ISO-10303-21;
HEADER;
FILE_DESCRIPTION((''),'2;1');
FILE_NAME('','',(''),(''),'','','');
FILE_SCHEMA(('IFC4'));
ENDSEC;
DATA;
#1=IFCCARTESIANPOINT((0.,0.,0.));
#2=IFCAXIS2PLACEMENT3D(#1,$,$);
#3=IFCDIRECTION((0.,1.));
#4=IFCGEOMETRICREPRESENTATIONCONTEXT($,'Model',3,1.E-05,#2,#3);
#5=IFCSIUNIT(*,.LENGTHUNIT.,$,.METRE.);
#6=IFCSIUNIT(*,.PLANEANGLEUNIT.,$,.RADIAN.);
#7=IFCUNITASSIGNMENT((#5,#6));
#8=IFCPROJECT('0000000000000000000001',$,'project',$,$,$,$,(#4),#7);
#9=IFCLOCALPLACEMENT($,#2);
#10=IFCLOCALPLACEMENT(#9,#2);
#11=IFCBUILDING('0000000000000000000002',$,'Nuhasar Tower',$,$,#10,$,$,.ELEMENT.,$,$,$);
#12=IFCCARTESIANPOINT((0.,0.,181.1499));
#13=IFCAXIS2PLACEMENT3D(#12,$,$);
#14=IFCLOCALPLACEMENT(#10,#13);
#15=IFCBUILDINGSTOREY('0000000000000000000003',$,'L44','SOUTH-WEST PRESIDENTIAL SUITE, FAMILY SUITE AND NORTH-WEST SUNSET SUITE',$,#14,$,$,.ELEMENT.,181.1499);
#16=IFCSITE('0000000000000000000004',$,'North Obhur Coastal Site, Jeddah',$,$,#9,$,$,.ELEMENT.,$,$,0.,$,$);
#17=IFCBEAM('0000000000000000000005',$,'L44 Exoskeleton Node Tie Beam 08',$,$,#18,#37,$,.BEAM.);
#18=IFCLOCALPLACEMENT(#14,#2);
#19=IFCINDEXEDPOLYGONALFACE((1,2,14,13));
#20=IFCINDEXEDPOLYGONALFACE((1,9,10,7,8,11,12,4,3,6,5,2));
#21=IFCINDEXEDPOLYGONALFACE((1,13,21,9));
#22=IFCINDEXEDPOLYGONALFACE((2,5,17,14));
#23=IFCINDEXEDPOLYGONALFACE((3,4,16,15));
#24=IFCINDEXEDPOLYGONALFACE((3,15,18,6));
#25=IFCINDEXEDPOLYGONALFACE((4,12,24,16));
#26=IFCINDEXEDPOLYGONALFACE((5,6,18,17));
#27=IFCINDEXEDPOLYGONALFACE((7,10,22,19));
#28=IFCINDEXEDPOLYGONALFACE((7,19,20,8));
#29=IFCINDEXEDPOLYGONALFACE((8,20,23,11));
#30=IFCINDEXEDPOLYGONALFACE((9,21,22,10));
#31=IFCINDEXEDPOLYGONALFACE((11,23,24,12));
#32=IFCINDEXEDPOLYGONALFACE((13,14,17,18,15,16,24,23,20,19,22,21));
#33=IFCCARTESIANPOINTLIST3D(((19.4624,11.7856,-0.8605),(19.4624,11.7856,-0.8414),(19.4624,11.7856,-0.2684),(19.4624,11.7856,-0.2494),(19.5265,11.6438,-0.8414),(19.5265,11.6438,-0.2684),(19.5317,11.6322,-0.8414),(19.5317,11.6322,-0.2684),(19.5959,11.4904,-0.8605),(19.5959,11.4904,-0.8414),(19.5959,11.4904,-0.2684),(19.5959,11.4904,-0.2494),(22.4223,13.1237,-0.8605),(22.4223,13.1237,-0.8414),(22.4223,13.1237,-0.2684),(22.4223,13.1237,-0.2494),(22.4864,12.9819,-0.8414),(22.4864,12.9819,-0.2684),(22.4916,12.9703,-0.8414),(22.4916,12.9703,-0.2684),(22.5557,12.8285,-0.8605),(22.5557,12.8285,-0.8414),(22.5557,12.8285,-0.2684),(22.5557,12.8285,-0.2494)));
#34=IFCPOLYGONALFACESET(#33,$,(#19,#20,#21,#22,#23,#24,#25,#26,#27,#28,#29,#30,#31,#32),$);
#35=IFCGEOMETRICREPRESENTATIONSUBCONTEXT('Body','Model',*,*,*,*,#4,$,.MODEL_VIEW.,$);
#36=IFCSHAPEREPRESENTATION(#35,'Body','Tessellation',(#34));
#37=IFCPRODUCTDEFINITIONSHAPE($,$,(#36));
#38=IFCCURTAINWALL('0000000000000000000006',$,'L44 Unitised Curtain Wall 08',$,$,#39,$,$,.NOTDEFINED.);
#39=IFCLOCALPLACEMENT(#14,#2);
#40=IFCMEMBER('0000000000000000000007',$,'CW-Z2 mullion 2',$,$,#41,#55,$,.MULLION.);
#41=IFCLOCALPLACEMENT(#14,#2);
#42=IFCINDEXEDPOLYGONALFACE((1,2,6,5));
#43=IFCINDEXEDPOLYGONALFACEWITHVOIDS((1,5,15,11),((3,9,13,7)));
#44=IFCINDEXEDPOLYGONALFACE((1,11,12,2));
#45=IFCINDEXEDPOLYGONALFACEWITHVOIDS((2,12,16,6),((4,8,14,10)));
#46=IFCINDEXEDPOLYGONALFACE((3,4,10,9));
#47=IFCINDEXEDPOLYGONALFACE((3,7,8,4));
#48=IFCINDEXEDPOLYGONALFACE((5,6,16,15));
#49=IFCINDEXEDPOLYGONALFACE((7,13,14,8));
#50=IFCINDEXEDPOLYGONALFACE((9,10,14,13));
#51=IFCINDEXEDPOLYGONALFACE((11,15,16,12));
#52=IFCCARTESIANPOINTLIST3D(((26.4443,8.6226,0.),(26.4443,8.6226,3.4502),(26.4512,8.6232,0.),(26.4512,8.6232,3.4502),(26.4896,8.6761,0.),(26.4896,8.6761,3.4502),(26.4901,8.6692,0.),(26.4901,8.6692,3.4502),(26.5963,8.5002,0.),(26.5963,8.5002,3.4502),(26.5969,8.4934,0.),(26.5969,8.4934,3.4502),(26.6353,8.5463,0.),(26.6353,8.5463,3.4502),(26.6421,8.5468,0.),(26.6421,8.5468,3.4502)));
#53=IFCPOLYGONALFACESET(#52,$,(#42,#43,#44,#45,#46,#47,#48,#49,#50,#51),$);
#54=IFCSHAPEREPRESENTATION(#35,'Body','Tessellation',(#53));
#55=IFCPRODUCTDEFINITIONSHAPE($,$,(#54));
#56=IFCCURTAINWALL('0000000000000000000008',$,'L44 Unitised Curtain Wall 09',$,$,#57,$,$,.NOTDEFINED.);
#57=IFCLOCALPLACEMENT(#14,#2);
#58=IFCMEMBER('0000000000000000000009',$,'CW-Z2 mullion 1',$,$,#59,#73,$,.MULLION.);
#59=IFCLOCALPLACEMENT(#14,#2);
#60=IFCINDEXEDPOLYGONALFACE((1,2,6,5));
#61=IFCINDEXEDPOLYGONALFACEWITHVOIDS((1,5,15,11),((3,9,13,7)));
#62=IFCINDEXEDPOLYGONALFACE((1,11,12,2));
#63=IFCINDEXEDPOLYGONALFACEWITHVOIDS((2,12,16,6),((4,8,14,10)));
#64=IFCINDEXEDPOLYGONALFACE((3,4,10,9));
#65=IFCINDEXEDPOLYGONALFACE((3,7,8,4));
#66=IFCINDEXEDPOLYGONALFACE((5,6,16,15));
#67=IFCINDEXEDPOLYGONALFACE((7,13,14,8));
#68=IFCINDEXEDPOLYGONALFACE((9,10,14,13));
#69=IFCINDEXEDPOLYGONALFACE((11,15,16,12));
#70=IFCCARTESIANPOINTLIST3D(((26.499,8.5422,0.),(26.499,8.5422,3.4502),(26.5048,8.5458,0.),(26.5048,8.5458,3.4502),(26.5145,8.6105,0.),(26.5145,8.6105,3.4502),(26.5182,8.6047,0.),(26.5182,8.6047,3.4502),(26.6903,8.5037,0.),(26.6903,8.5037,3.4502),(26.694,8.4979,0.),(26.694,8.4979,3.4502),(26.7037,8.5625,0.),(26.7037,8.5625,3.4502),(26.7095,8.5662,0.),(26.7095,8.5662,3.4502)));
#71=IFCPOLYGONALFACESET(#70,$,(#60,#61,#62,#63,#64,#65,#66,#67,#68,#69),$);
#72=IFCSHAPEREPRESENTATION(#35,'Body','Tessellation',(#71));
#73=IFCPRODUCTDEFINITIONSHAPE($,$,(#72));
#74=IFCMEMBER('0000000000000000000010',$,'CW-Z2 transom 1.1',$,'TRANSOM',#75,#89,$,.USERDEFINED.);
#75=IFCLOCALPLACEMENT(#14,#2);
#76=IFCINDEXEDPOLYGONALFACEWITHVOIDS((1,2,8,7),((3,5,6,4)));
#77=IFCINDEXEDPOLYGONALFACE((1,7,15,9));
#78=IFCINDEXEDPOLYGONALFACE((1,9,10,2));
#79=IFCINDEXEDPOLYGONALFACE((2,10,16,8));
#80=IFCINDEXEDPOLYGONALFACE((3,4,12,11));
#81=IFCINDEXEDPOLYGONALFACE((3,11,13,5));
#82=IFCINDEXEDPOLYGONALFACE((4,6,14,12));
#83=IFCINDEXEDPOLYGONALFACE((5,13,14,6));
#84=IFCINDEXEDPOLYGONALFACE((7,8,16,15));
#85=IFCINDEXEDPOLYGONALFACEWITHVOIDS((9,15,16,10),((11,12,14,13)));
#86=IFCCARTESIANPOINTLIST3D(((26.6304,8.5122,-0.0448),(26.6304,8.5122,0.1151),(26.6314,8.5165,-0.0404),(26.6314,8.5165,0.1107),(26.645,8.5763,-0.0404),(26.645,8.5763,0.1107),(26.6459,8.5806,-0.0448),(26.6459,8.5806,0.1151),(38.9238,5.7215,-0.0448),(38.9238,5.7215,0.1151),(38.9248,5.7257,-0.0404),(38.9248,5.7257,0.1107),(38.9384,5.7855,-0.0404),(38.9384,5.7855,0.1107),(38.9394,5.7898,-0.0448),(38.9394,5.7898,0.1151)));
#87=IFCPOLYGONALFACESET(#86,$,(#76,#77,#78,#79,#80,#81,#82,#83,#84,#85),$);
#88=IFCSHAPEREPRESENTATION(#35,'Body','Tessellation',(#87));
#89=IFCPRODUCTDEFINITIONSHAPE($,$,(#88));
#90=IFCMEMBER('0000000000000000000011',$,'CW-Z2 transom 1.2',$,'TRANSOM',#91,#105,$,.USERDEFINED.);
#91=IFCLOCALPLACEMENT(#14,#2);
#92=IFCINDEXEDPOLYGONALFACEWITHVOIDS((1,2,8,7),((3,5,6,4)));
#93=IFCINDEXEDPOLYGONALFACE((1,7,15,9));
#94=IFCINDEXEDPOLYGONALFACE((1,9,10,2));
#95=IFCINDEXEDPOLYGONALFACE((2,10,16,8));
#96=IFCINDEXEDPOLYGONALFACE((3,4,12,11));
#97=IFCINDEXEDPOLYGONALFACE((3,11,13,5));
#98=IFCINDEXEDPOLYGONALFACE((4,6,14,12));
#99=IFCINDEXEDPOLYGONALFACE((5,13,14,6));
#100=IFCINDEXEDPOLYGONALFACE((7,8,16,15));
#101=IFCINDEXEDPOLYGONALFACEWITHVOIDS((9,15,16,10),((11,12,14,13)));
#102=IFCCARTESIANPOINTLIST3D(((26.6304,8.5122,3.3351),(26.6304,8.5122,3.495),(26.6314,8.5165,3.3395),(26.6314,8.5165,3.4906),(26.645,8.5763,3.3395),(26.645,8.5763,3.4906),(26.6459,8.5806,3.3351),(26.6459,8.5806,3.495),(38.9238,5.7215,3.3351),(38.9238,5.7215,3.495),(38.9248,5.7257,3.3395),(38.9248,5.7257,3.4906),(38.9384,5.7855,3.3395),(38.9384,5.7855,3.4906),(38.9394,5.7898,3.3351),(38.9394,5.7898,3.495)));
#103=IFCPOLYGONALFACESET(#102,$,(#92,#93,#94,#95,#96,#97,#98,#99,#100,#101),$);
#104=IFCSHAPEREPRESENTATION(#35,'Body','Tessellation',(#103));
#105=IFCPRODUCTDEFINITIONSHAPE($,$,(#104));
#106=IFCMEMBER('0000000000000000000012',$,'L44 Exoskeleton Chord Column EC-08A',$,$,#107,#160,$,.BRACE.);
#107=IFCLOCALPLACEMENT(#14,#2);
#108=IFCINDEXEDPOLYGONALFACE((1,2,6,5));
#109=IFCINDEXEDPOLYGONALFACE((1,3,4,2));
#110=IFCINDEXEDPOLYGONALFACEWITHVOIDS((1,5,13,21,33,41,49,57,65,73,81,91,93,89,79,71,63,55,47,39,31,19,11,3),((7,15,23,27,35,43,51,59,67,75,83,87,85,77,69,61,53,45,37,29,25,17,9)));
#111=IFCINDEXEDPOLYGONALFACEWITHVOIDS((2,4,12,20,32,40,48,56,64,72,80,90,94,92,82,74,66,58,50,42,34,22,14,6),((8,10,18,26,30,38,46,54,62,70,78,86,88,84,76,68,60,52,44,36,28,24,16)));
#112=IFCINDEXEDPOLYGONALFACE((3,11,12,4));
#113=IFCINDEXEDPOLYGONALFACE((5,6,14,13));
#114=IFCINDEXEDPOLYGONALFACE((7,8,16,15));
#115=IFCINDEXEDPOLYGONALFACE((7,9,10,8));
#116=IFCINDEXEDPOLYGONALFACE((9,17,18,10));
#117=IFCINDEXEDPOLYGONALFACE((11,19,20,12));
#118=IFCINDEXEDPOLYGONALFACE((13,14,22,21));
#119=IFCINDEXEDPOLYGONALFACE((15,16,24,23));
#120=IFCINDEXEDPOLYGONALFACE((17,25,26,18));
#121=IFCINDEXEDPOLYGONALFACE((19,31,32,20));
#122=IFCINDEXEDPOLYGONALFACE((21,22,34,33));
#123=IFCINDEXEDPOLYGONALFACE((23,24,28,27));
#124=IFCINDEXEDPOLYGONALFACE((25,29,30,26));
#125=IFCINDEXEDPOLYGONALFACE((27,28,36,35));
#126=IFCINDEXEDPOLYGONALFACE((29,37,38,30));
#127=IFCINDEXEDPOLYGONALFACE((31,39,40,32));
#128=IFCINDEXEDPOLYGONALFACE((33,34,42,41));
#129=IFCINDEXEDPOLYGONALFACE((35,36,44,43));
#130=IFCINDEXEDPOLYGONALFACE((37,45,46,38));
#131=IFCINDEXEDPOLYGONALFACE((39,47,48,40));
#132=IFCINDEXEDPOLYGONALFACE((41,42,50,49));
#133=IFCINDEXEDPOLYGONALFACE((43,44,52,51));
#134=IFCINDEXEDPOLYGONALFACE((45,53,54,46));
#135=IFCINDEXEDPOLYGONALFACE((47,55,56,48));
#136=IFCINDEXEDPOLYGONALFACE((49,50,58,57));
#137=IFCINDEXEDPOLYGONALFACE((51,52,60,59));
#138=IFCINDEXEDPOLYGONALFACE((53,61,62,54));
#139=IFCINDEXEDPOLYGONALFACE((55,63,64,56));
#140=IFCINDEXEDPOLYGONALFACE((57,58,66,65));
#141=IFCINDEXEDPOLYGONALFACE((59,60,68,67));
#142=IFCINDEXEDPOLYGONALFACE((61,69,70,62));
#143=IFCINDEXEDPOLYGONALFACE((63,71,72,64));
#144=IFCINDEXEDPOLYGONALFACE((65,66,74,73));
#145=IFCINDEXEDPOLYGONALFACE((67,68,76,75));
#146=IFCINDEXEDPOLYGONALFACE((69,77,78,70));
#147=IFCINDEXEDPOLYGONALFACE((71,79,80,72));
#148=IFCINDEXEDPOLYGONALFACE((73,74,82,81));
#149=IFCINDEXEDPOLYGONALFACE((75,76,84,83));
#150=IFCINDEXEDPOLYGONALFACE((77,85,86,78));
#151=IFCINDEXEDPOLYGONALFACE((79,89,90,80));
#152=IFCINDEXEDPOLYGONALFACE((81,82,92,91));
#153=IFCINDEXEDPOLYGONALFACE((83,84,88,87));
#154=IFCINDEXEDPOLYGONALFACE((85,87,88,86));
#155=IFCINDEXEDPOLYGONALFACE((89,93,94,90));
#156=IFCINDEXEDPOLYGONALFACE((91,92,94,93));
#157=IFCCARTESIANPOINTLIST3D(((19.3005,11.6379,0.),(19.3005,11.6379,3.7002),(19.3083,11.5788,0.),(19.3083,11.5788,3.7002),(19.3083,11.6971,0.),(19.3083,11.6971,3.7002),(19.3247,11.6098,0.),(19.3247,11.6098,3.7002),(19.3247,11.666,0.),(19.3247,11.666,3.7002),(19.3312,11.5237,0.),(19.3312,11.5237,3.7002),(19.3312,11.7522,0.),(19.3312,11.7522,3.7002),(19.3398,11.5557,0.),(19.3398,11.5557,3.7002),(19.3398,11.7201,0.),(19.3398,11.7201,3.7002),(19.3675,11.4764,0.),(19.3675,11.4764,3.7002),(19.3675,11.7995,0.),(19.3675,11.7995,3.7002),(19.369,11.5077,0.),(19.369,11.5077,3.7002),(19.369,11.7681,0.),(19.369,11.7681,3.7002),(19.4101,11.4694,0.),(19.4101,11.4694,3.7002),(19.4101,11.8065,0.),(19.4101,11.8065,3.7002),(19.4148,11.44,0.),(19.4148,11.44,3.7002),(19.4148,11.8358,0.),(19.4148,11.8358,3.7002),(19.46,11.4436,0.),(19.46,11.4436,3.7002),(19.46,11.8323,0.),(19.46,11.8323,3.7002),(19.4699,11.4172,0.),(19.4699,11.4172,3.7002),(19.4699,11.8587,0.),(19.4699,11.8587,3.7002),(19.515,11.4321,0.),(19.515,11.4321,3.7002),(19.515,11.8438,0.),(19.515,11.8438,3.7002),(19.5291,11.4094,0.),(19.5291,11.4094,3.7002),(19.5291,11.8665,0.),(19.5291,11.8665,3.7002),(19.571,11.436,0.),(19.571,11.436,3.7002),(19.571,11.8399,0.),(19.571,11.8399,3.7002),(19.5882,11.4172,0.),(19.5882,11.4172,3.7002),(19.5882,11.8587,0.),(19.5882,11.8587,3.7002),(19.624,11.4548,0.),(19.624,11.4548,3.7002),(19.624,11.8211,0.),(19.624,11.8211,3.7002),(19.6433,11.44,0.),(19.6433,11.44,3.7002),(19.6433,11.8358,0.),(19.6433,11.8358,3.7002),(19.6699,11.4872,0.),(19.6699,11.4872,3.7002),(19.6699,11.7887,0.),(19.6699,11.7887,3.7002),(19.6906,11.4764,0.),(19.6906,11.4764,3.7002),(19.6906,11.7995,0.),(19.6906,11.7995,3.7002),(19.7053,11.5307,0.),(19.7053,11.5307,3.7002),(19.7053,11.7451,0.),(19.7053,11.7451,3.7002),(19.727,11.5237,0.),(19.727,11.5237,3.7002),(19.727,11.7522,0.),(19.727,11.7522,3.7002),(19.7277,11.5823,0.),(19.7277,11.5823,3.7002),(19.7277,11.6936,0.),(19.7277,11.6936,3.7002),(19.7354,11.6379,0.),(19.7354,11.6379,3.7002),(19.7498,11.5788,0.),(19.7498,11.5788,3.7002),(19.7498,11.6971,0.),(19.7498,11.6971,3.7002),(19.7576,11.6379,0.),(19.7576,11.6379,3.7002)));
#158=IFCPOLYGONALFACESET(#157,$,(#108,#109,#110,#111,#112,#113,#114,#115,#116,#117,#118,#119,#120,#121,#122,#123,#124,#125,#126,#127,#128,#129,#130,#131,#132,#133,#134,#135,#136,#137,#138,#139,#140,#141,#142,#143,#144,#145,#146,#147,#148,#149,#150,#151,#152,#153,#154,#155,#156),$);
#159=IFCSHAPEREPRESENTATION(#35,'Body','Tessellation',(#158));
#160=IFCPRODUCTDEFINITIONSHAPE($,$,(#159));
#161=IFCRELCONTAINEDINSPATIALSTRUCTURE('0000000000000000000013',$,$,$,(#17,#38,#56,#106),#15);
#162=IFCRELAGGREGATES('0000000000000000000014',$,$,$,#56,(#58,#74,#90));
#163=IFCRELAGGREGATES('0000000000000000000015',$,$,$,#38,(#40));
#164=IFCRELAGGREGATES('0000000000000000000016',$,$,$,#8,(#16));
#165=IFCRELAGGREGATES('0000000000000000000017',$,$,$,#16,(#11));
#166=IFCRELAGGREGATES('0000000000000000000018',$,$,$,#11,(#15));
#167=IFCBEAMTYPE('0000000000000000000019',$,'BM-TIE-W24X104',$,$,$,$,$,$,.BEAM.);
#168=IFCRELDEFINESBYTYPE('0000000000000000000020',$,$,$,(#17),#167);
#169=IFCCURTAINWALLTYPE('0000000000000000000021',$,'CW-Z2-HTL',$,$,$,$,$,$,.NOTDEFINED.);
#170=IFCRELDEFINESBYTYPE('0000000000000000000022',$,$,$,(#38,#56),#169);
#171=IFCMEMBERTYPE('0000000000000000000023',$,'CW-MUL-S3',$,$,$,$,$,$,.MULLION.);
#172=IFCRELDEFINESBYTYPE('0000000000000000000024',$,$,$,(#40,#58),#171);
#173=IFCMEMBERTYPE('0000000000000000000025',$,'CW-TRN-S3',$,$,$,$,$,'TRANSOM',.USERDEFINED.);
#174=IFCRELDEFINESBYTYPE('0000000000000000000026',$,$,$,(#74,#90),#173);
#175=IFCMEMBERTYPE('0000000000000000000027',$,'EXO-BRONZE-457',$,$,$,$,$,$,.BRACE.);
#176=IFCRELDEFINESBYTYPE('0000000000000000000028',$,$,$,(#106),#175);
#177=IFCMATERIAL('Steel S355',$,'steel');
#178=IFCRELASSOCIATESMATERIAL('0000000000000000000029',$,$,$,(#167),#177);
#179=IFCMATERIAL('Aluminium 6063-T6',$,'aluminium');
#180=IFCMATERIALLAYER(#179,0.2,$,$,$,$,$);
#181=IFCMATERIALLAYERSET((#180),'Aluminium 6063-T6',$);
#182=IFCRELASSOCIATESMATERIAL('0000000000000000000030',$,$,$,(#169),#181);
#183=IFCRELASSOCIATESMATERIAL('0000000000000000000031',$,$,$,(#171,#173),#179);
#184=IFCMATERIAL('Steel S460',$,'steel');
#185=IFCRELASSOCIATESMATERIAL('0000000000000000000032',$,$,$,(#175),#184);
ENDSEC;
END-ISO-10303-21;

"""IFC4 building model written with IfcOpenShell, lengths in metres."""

from ifc_helpers import new_model, si_unit, direction, frame, origin, origin_2d, place, context, subcontext, project, spatial, hollow_rectangle, hollow_circle, i_section, extrude, material, layer, layer_set, material_profile, profile_set, type_object, element, aggregate, save


model = new_model("IFC4")

# Units and contexts
model_context = context("Model", 3, precision=1e-05, world=origin(), true_north=direction((0.0, 1.0)))
body_context = subcontext(model_context, "Body", "Model", "MODEL_VIEW")
ifc_project = project(units=[si_unit("LENGTHUNIT", "METRE"), si_unit("PLANEANGLEUNIT", "RADIAN")], contexts=[model_context])

# Site, building, storey
site_placement = place(None, origin())
site = spatial("IfcSite", under=ifc_project, at=site_placement, Name="North Obhur Coastal Site, Jeddah", CompositionType="ELEMENT", RefElevation=0.0)
building_placement = place(site_placement, origin())
building = spatial("IfcBuilding", under=site, at=building_placement, Name="Nuhasar Tower", CompositionType="ELEMENT")
storey_placement = place(building_placement, frame((0.0, 0.0, 181.1499)))
storey = spatial("IfcBuildingStorey", under=building, at=storey_placement, Name="L44", Description="SOUTH-WEST PRESIDENTIAL SUITE, FAMILY SUITE AND NORTH-WEST SUNSET SUITE", CompositionType="ELEMENT", Elevation=181.1499)

# Beam
ifc_material_1 = material(Name="Steel S355", Category="steel")
ifc_material_profile_1 = material_profile(ifc_material_1, i_section(OverallWidth=0.324, OverallDepth=0.6111, WebThickness=0.0127, FlangeThickness=0.019, at=origin_2d()), Name="W24X104")
ifc_profile_set_1 = profile_set([ifc_material_profile_1], Name="Steel S355")
beam_type_1 = type_object("IfcBeamType", Name="BM-TIE-W24X104", PredefinedType="BEAM", material=ifc_profile_set_1)
beam_1_placement = place(storey_placement, frame((22.489, 12.9761, -0.5549), z_axis=(-0.911211, -0.411939, 0.0), x_axis=(0.411939, -0.911211, 0.0)))
element("IfcBeam", 1, at=beam_1_placement, inside=storey, type_object=beam_type_1, Name="L44 Exoskeleton Node Tie Beam 08", PredefinedType="BEAM", context=body_context, shape_type="SweptSolid", body=[
    extrude(i_section(OverallWidth=0.324, OverallDepth=0.6111, WebThickness=0.0127, FlangeThickness=0.019, at=origin_2d()), origin(), (0.0, 0.0, 1.0), 3.2483),
])

# Curtain wall, member
ifc_material_2 = material(Name="Aluminium 6063-T6", Category="aluminium")
ifc_layer_1 = layer(ifc_material_2, 0.2)
ifc_layer_set_1 = layer_set([ifc_layer_1], Name="Aluminium 6063-T6")
curtain_wall_type = type_object("IfcCurtainWallType", Name="CW-Z2-HTL", PredefinedType="NOTDEFINED", material=ifc_layer_set_1)
curtain_wall_1_placement = place(storey_placement, origin())
curtain_wall_1 = element("IfcCurtainWall", 2, at=curtain_wall_1_placement, inside=storey, type_object=curtain_wall_type, Name="L44 Unitised Curtain Wall 08", PredefinedType="NOTDEFINED")
ifc_material_profile_2 = material_profile(ifc_material_2, hollow_rectangle(XDim=0.0701, YDim=0.2, WallThickness=0.0049, at=origin_2d()), Name="CWM-3")
ifc_profile_set_2 = profile_set([ifc_material_profile_2], Name="Aluminium 6063-T6")
member_type_1 = type_object("IfcMemberType", Name="CW-MUL-S3", PredefinedType="MULLION", material=ifc_profile_set_2)
member_1_placement = place(storey_placement, frame((26.5432, 8.5847, 0.0), z_axis=(0.0, 0.0, 1.0), x_axis=(0.646374, 0.76302, 0.0)))
member_1 = element("IfcMember", 3, at=member_1_placement, type_object=member_type_1, Name="CW-Z2 mullion 2", PredefinedType="MULLION", context=body_context, shape_type="SweptSolid", body=[
    extrude(hollow_rectangle(XDim=0.0701, YDim=0.2, WallThickness=0.0049, at=origin_2d()), origin(), (0.0, 0.0, 1.0), 3.4502),
])

# Curtain wall, members
curtain_wall_2_placement = place(storey_placement, origin())
curtain_wall_2 = element("IfcCurtainWall", 4, at=curtain_wall_2_placement, inside=storey, type_object=curtain_wall_type, Name="L44 Unitised Curtain Wall 09", PredefinedType="NOTDEFINED")
member_2_placement = place(storey_placement, frame((26.6042, 8.5542, 0.0), z_axis=(0.0, 0.0, 1.0), x_axis=(0.221397, 0.975184, 0.0)))
member_2 = element("IfcMember", 5, at=member_2_placement, type_object=member_type_1, Name="CW-Z2 mullion 1", PredefinedType="MULLION", context=body_context, shape_type="SweptSolid", body=[
    extrude(hollow_rectangle(XDim=0.0701, YDim=0.2, WallThickness=0.0049, at=origin_2d()), origin(), (0.0, 0.0, 1.0), 3.4502),
])
ifc_material_profile_3 = material_profile(ifc_material_2, hollow_rectangle(XDim=0.0701, YDim=0.1599, WallThickness=0.0044, at=origin_2d()), Name="CWT-3")
ifc_profile_set_3 = profile_set([ifc_material_profile_3], Name="Aluminium 6063-T6")
member_type_2 = type_object("IfcMemberType", Name="CW-TRN-S3", ElementType="TRANSOM", PredefinedType="USERDEFINED", material=ifc_profile_set_3)
member_3_placement = place(storey_placement, frame((26.6382, 8.5464, 0.0352), z_axis=(0.975188, -0.22138, 0.0), x_axis=(0.22138, 0.975188, 0.0)))
member_3 = element("IfcMember", 6, at=member_3_placement, type_object=member_type_2, Name="CW-Z2 transom 1.1", ObjectType="TRANSOM", PredefinedType="USERDEFINED", context=body_context, shape_type="SweptSolid", body=[
    extrude(hollow_rectangle(XDim=0.0701, YDim=0.1599, WallThickness=0.0044, at=origin_2d()), origin(), (0.0, 0.0, 1.0), 12.6062),
])
member_4_placement = place(storey_placement, frame((26.6382, 8.5464, 3.415), z_axis=(0.975188, -0.22138, 0.0), x_axis=(0.22138, 0.975188, 0.0)))
member_4 = element("IfcMember", 7, at=member_4_placement, type_object=member_type_2, Name="CW-Z2 transom 1.2", ObjectType="TRANSOM", PredefinedType="USERDEFINED", context=body_context, shape_type="SweptSolid", body=[
    extrude(hollow_rectangle(XDim=0.0701, YDim=0.1599, WallThickness=0.0044, at=origin_2d()), origin(), (0.0, 0.0, 1.0), 12.6062),
])
aggregate(curtain_wall_2, [member_2, member_3, member_4])

# Member
ifc_material_3 = material(Name="Steel S460", Category="steel")
ifc_material_profile_4 = material_profile(ifc_material_3, hollow_circle(Radius=0.2285, WallThickness=0.0222, at=origin_2d()), Name="HSS457X22.2")
ifc_profile_set_4 = profile_set([ifc_material_profile_4], Name="Steel S460")
member_type_3 = type_object("IfcMemberType", Name="EXO-BRONZE-457", PredefinedType="BRACE", material=ifc_profile_set_4)
for number, where, z_axis, x_axis, name in (
    (8, (19.5291, 11.6379, 0.0), (0.0, 0.0, 1.0), (1.0, 0.0, 0.0), "L44 Exoskeleton Chord Column EC-08A"),
):
    element("IfcMember", number, at=place(storey_placement, frame(where, z_axis=z_axis, x_axis=x_axis)), inside=storey, type_object=member_type_3, Name=name, PredefinedType="BRACE", context=body_context, shape_type="SweptSolid", body=[
        extrude(hollow_circle(Radius=0.2285, WallThickness=0.0222, at=origin_2d()), origin(), (0.0, 0.0, 1.0), 3.7002),
    ])

aggregate(curtain_wall_1, [member_1])

save(model, "model.ifc")
